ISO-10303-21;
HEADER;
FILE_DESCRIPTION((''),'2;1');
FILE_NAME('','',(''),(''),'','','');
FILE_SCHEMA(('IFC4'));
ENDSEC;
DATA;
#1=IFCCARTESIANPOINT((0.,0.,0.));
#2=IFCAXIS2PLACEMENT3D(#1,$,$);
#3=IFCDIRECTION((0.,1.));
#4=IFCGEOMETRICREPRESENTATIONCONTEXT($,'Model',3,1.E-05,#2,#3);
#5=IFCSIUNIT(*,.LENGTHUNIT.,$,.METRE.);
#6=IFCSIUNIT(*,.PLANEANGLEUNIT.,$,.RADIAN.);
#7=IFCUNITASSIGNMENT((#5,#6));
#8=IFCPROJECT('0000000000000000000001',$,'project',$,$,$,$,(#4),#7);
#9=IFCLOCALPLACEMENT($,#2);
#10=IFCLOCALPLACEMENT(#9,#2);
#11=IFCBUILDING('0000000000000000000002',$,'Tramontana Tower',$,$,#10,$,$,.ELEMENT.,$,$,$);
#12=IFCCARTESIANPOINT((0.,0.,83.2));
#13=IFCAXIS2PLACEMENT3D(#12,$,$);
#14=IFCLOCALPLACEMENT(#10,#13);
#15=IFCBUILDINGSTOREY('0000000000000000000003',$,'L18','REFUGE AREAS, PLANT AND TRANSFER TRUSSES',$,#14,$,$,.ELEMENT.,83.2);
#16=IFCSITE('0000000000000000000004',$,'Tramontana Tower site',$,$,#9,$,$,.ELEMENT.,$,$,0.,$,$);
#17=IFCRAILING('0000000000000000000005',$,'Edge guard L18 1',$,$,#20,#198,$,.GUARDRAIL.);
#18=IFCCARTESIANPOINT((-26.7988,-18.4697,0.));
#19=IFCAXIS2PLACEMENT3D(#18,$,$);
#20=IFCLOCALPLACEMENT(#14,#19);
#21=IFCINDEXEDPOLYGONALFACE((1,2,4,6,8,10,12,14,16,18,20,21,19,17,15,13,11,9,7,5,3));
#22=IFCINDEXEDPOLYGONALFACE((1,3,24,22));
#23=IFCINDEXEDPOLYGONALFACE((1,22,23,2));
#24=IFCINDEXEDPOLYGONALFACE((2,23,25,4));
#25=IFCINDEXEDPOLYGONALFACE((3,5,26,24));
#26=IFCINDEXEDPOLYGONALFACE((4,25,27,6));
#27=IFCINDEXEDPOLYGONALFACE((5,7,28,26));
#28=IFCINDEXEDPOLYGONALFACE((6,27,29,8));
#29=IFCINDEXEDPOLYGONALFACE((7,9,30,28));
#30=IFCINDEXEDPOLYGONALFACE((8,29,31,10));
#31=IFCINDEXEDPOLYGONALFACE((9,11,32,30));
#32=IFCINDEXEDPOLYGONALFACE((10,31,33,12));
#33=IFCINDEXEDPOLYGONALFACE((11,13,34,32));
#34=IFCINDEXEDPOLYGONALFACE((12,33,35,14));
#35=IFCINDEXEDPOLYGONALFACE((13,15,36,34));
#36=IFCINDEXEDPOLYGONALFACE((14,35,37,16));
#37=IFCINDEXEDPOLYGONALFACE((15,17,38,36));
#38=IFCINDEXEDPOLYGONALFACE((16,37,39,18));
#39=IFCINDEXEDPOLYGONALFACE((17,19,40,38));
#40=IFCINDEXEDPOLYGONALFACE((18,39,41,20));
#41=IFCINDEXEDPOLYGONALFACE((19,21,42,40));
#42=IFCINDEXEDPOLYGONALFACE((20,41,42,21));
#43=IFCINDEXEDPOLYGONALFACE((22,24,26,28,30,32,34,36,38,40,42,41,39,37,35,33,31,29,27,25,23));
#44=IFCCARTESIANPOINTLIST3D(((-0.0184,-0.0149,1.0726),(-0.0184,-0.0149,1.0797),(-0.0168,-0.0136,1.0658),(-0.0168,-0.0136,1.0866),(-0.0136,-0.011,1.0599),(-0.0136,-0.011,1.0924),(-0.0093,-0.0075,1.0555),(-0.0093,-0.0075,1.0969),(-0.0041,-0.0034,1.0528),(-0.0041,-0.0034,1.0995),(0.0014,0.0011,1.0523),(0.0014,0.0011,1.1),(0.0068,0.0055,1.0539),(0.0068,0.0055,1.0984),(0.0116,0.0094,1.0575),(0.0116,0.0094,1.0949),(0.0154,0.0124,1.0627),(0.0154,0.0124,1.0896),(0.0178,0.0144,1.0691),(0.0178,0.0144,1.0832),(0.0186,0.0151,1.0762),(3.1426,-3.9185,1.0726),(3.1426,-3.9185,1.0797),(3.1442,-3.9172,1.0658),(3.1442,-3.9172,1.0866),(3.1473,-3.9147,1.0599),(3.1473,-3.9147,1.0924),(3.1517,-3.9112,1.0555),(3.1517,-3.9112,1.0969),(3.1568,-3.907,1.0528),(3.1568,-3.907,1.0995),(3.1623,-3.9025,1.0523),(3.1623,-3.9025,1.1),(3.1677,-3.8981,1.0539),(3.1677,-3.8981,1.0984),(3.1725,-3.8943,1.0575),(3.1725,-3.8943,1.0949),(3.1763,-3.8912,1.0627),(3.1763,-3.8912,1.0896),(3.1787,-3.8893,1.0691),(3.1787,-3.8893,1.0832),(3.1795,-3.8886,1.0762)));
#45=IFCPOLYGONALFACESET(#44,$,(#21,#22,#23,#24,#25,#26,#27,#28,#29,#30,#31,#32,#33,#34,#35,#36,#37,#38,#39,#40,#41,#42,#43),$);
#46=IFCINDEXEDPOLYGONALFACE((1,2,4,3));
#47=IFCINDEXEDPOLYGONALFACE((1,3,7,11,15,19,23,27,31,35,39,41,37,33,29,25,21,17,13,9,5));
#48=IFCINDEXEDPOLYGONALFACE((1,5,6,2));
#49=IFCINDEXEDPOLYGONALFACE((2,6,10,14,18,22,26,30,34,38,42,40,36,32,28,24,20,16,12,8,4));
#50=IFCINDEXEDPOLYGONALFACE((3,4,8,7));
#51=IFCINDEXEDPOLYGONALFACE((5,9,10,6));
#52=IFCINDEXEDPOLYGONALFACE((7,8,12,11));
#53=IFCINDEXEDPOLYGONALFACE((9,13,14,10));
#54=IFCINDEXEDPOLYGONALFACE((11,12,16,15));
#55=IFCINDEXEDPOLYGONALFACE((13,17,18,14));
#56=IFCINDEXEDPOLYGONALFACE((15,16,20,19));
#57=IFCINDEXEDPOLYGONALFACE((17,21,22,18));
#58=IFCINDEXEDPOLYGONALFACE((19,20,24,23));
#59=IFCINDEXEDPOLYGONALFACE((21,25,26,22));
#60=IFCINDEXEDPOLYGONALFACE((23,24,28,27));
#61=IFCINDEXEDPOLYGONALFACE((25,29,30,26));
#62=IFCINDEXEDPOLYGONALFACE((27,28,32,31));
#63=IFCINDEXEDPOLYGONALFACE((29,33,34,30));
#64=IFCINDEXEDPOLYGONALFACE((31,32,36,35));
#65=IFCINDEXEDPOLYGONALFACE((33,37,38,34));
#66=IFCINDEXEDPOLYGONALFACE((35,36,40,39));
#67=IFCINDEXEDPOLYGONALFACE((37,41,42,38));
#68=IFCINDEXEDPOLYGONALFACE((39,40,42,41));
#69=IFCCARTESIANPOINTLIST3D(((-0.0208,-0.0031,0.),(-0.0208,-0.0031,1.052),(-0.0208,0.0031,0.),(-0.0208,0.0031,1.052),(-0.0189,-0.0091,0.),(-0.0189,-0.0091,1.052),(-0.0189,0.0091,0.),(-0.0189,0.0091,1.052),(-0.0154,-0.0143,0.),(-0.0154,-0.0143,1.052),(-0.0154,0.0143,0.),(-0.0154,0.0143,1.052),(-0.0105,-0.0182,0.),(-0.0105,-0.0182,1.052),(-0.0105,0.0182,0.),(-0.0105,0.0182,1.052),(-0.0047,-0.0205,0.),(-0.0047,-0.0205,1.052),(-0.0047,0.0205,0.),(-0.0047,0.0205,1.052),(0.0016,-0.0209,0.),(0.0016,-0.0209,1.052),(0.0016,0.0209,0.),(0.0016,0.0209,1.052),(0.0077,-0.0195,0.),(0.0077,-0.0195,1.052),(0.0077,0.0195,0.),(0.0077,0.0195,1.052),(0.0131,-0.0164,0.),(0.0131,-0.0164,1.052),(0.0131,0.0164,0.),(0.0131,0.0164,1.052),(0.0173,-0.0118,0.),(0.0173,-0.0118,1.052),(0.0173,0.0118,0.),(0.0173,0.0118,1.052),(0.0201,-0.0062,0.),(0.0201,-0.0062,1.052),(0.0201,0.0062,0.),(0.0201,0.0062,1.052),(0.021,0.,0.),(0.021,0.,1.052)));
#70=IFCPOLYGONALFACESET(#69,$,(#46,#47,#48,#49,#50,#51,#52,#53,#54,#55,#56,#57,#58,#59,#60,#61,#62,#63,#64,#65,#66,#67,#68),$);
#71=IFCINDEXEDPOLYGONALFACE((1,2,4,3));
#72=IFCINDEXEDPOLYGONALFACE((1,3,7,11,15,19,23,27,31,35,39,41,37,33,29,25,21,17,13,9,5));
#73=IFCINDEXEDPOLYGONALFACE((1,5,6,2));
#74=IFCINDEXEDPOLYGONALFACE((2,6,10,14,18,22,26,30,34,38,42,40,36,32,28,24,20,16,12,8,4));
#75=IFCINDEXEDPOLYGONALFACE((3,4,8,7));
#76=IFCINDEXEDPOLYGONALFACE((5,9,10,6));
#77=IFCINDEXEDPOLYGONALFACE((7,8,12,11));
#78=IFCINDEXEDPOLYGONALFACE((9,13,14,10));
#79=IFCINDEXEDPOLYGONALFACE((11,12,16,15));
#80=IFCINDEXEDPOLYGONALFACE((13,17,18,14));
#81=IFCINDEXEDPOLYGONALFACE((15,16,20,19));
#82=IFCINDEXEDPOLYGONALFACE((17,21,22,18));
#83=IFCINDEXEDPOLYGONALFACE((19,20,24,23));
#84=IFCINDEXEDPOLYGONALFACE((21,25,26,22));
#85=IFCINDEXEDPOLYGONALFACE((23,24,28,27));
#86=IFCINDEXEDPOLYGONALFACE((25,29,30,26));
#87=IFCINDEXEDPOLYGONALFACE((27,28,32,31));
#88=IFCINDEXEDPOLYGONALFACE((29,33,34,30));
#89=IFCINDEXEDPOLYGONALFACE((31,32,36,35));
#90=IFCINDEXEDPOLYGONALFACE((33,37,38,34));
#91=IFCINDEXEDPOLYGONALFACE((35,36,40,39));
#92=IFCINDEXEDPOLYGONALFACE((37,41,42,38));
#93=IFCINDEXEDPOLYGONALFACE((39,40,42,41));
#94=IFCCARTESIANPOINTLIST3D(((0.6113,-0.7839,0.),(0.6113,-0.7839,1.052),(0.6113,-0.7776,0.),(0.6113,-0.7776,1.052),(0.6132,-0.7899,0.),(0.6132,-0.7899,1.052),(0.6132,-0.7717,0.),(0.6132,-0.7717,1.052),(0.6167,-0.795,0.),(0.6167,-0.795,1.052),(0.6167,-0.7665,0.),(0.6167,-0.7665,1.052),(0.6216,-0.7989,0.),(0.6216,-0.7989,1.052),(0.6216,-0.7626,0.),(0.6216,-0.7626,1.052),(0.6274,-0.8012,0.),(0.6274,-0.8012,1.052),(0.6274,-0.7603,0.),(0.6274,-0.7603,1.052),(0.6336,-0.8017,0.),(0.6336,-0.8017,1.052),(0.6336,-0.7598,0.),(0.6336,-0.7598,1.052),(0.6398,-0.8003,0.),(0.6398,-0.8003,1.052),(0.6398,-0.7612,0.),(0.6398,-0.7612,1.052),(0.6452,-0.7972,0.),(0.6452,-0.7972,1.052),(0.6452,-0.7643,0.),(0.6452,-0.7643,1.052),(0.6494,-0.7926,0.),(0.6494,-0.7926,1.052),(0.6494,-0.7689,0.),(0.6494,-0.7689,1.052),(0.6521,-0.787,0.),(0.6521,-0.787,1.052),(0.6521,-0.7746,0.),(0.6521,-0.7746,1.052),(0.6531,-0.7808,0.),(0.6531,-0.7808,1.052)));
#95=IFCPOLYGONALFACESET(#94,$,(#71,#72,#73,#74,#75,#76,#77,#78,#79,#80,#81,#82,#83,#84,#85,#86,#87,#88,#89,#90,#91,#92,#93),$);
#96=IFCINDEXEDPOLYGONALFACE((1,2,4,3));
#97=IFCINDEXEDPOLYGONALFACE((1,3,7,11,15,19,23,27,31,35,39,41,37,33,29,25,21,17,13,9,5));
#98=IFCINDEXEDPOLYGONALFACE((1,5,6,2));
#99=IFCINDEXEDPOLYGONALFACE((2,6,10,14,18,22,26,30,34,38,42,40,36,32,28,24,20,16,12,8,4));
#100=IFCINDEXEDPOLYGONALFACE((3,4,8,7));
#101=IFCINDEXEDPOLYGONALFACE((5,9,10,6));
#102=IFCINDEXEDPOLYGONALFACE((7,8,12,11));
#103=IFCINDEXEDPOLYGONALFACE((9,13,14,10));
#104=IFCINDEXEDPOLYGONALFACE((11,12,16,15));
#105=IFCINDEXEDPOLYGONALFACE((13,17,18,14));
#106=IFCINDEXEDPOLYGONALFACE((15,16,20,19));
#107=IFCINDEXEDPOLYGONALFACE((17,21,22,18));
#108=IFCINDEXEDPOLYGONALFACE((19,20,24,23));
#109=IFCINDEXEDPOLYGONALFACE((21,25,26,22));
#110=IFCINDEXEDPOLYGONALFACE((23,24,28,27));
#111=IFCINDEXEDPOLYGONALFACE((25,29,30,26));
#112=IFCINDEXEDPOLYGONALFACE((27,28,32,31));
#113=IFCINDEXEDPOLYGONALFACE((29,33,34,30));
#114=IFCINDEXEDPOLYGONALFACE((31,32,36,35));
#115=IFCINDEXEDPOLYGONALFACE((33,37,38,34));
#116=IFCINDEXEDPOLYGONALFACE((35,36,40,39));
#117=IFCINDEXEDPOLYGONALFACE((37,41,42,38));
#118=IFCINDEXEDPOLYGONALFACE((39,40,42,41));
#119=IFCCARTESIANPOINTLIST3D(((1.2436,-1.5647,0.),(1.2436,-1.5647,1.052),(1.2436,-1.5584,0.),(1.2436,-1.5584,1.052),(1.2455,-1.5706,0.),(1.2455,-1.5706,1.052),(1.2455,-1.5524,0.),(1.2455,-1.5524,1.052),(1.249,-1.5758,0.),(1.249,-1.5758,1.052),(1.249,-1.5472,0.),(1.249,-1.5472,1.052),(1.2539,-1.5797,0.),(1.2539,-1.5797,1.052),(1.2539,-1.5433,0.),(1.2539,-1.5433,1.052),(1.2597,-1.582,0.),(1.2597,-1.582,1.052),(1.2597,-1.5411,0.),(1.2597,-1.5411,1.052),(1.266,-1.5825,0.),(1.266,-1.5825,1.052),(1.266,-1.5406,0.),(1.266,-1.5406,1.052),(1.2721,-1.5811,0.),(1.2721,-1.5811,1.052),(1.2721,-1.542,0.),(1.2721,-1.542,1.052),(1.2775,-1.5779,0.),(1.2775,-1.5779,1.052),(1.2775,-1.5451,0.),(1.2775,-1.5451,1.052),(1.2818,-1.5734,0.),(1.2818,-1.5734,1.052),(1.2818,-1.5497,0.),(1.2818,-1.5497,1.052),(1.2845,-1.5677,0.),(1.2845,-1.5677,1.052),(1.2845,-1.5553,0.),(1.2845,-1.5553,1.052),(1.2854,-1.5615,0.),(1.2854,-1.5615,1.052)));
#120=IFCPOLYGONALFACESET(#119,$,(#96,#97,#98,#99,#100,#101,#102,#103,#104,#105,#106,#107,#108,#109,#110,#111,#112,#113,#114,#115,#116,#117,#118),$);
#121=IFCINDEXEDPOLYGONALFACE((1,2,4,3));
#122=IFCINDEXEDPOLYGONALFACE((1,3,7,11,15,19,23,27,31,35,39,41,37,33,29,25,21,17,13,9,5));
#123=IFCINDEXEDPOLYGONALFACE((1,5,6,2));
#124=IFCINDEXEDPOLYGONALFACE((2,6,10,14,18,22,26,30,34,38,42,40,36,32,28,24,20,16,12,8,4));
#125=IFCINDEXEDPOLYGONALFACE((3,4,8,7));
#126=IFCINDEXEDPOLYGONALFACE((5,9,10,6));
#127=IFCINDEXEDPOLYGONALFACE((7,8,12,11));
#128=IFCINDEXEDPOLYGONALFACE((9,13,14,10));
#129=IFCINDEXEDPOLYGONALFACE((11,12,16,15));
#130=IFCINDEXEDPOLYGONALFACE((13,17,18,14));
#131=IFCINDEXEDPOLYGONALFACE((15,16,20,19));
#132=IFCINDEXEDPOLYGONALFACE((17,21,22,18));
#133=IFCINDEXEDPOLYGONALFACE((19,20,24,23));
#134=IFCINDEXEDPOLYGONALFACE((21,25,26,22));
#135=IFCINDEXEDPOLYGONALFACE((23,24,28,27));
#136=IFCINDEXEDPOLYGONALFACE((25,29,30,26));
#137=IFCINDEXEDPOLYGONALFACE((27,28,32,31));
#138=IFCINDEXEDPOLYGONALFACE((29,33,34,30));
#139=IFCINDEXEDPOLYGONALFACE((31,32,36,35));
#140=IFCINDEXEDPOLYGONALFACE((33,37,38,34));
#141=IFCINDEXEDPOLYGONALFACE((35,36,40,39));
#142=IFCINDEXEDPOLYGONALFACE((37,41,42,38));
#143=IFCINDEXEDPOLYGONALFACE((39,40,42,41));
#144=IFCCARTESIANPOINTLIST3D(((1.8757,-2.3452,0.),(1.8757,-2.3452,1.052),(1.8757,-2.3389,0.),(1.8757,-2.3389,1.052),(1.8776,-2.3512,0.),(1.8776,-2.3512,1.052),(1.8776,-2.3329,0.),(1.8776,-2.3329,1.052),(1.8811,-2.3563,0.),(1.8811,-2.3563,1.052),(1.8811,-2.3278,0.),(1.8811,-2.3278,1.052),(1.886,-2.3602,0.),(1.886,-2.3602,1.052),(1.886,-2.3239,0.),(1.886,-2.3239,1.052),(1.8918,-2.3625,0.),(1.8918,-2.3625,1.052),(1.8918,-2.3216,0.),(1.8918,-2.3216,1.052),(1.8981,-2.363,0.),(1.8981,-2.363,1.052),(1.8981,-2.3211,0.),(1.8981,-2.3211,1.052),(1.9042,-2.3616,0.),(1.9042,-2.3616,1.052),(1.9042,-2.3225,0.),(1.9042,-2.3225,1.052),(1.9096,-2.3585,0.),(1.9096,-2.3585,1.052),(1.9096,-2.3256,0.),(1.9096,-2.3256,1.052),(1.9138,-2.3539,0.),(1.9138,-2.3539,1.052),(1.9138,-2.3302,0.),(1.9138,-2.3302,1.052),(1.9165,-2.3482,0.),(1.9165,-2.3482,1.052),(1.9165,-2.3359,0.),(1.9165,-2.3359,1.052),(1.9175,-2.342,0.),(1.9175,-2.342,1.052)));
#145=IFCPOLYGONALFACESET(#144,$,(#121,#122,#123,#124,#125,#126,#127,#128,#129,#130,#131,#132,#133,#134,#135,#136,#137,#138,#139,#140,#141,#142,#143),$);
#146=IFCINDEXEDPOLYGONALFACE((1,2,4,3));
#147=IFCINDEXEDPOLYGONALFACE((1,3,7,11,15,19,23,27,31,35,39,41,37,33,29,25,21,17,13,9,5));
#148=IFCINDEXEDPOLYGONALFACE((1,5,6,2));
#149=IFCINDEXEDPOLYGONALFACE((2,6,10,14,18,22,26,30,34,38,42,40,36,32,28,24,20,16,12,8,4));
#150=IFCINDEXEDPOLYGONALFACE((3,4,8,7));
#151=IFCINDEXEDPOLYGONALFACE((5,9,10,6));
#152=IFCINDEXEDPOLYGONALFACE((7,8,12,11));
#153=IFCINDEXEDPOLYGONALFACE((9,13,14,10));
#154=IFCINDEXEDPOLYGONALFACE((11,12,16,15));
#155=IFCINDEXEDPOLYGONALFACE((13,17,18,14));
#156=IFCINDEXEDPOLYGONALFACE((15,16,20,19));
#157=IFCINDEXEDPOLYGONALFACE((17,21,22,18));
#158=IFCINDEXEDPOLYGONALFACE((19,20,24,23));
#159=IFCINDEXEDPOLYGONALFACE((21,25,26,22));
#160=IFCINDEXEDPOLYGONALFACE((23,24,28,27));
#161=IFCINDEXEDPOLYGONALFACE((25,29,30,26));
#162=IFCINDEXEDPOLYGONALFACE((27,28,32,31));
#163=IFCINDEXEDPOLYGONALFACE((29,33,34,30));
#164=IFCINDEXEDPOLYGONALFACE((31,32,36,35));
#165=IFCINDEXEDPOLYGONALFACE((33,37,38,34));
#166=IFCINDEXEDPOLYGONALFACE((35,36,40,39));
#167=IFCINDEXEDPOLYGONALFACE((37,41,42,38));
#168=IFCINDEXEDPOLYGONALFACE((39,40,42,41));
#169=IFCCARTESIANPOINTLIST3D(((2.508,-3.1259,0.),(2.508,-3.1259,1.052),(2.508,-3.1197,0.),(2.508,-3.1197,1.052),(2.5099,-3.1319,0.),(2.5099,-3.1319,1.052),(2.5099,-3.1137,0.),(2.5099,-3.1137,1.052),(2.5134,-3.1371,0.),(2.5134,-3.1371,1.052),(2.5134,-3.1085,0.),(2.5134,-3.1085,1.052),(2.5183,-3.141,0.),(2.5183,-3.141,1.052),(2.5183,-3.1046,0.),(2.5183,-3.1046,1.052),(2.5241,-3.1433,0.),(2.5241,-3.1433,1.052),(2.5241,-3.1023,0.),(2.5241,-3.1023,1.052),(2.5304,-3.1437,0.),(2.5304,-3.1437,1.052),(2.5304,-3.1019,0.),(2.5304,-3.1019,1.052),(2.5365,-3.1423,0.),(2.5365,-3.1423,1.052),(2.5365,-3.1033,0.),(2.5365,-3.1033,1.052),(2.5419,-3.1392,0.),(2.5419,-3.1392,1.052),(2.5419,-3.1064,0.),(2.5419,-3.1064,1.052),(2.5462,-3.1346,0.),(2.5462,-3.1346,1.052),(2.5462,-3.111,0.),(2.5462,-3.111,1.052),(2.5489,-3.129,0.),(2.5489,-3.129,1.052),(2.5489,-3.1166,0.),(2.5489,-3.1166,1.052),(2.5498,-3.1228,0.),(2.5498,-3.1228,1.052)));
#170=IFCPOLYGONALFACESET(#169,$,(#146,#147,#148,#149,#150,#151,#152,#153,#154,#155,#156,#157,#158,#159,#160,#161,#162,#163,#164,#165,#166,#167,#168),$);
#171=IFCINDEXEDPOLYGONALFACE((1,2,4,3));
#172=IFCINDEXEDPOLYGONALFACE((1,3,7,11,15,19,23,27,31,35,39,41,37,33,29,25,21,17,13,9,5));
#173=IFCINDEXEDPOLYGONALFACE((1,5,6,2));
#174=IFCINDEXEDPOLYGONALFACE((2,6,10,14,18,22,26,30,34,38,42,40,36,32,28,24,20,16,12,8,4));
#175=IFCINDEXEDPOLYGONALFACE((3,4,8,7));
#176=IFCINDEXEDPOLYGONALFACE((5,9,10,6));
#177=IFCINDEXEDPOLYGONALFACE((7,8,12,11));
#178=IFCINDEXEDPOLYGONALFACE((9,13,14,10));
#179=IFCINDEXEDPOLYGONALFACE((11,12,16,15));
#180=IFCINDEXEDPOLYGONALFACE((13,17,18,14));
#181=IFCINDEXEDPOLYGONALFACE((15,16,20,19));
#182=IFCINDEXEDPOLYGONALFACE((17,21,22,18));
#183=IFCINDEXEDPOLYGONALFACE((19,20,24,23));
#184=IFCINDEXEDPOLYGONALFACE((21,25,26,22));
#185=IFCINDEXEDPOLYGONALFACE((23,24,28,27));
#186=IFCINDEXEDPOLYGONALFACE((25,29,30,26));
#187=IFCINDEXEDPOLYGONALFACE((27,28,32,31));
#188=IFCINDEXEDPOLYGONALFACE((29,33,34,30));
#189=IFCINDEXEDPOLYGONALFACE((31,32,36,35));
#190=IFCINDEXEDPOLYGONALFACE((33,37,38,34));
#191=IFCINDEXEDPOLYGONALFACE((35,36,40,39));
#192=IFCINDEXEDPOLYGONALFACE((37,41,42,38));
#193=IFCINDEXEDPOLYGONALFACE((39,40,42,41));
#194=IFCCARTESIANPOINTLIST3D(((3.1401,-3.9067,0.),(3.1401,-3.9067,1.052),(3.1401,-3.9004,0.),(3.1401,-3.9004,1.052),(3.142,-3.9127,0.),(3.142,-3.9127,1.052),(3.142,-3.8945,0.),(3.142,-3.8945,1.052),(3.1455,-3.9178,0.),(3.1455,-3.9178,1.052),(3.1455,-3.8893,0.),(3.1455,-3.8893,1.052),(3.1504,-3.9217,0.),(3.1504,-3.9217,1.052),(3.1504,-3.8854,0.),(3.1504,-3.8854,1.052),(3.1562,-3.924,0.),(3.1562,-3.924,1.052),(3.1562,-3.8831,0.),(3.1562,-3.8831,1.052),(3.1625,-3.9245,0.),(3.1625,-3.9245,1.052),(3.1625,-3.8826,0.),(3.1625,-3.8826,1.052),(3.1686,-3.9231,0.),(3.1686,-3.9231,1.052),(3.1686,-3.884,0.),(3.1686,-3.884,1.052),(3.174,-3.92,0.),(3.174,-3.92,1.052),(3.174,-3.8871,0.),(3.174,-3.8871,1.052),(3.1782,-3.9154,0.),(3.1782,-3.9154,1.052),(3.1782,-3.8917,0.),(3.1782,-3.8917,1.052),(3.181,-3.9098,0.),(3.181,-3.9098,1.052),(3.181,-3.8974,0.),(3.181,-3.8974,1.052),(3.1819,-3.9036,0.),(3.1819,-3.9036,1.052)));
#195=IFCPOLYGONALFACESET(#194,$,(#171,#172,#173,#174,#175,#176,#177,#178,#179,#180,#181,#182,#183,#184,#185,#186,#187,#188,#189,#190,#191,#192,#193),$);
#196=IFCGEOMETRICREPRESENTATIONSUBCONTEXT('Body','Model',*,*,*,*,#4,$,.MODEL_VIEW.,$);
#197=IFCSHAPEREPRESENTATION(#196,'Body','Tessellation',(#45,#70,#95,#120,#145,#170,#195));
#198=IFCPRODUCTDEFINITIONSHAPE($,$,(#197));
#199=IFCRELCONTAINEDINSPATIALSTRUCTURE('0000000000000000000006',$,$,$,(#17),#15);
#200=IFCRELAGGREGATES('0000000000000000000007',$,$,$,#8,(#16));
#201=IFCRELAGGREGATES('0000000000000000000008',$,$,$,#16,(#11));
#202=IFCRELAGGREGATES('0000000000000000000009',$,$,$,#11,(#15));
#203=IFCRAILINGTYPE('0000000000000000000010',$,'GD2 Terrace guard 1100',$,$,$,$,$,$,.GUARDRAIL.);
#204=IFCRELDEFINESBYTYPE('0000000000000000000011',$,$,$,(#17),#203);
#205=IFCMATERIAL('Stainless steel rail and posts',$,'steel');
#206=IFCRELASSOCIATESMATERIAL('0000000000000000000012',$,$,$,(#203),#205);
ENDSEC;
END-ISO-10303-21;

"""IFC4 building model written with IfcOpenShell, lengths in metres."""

from ifc_helpers import new_model, si_unit, direction, frame, origin, origin_2d, place, context, subcontext, project, spatial, circle, extrude, material, type_object, element, save


model = new_model("IFC4")

# Units and contexts
model_context = context("Model", 3, precision=1e-05, world=origin(), true_north=direction((0.0, 1.0)))
body_context = subcontext(model_context, "Body", "Model", "MODEL_VIEW")
ifc_project = project(units=[si_unit("LENGTHUNIT", "METRE"), si_unit("PLANEANGLEUNIT", "RADIAN")], contexts=[model_context])

# Site, building, storey
site_placement = place(None, origin())
site = spatial("IfcSite", under=ifc_project, at=site_placement, Name="Tramontana Tower site", CompositionType="ELEMENT", RefElevation=0.0)
building_placement = place(site_placement, origin())
building = spatial("IfcBuilding", under=site, at=building_placement, Name="Tramontana Tower", CompositionType="ELEMENT")
storey_placement = place(building_placement, frame((0.0, 0.0, 83.2)))
storey = spatial("IfcBuildingStorey", under=building, at=storey_placement, Name="L18", Description="REFUGE AREAS, PLANT AND TRANSFER TRUSSES", CompositionType="ELEMENT", Elevation=83.2)

# Railing
ifc_material_1 = material(Name="Stainless steel rail and posts", Category="steel")
railing_type = type_object("IfcRailingType", Name="GD2 Terrace guard 1100", PredefinedType="GUARDRAIL", material=ifc_material_1)
railing_1_placement = place(storey_placement, frame((-26.7988, -18.4697, 0.0)))
element("IfcRailing", 1, at=railing_1_placement, inside=storey, type_object=railing_type, Name="Edge guard L18 1", PredefinedType="GUARDRAIL", context=body_context, shape_type="SweptSolid", body=[
    extrude(circle(Radius=0.0239, at=origin_2d()), frame((0.0, 0.0, 1.0762), z_axis=(0.629302, -0.777161, 0.0), x_axis=(0.777161, 0.629302, 0.0)), (0.0, 0.0, 1.0), 5.0229),
    extrude(circle(Radius=0.021, at=origin_2d()), origin(), (0.0, 0.0, 1.0), 1.052),
    extrude(circle(Radius=0.021, at=origin_2d()), frame((0.6321, -0.7808, 0.0)), (0.0, 0.0, 1.0), 1.052),
    extrude(circle(Radius=0.021, at=origin_2d()), frame((1.2644, -1.5615, 0.0)), (0.0, 0.0, 1.0), 1.052),
    extrude(circle(Radius=0.021, at=origin_2d()), frame((1.8965, -2.342, 0.0)), (0.0, 0.0, 1.0), 1.052),
    extrude(circle(Radius=0.021, at=origin_2d()), frame((2.5288, -3.1228, 0.0)), (0.0, 0.0, 1.0), 1.052),
    extrude(circle(Radius=0.021, at=origin_2d()), frame((3.1609, -3.9036, 0.0)), (0.0, 0.0, 1.0), 1.052),
])

save(model, "model.ifc")
